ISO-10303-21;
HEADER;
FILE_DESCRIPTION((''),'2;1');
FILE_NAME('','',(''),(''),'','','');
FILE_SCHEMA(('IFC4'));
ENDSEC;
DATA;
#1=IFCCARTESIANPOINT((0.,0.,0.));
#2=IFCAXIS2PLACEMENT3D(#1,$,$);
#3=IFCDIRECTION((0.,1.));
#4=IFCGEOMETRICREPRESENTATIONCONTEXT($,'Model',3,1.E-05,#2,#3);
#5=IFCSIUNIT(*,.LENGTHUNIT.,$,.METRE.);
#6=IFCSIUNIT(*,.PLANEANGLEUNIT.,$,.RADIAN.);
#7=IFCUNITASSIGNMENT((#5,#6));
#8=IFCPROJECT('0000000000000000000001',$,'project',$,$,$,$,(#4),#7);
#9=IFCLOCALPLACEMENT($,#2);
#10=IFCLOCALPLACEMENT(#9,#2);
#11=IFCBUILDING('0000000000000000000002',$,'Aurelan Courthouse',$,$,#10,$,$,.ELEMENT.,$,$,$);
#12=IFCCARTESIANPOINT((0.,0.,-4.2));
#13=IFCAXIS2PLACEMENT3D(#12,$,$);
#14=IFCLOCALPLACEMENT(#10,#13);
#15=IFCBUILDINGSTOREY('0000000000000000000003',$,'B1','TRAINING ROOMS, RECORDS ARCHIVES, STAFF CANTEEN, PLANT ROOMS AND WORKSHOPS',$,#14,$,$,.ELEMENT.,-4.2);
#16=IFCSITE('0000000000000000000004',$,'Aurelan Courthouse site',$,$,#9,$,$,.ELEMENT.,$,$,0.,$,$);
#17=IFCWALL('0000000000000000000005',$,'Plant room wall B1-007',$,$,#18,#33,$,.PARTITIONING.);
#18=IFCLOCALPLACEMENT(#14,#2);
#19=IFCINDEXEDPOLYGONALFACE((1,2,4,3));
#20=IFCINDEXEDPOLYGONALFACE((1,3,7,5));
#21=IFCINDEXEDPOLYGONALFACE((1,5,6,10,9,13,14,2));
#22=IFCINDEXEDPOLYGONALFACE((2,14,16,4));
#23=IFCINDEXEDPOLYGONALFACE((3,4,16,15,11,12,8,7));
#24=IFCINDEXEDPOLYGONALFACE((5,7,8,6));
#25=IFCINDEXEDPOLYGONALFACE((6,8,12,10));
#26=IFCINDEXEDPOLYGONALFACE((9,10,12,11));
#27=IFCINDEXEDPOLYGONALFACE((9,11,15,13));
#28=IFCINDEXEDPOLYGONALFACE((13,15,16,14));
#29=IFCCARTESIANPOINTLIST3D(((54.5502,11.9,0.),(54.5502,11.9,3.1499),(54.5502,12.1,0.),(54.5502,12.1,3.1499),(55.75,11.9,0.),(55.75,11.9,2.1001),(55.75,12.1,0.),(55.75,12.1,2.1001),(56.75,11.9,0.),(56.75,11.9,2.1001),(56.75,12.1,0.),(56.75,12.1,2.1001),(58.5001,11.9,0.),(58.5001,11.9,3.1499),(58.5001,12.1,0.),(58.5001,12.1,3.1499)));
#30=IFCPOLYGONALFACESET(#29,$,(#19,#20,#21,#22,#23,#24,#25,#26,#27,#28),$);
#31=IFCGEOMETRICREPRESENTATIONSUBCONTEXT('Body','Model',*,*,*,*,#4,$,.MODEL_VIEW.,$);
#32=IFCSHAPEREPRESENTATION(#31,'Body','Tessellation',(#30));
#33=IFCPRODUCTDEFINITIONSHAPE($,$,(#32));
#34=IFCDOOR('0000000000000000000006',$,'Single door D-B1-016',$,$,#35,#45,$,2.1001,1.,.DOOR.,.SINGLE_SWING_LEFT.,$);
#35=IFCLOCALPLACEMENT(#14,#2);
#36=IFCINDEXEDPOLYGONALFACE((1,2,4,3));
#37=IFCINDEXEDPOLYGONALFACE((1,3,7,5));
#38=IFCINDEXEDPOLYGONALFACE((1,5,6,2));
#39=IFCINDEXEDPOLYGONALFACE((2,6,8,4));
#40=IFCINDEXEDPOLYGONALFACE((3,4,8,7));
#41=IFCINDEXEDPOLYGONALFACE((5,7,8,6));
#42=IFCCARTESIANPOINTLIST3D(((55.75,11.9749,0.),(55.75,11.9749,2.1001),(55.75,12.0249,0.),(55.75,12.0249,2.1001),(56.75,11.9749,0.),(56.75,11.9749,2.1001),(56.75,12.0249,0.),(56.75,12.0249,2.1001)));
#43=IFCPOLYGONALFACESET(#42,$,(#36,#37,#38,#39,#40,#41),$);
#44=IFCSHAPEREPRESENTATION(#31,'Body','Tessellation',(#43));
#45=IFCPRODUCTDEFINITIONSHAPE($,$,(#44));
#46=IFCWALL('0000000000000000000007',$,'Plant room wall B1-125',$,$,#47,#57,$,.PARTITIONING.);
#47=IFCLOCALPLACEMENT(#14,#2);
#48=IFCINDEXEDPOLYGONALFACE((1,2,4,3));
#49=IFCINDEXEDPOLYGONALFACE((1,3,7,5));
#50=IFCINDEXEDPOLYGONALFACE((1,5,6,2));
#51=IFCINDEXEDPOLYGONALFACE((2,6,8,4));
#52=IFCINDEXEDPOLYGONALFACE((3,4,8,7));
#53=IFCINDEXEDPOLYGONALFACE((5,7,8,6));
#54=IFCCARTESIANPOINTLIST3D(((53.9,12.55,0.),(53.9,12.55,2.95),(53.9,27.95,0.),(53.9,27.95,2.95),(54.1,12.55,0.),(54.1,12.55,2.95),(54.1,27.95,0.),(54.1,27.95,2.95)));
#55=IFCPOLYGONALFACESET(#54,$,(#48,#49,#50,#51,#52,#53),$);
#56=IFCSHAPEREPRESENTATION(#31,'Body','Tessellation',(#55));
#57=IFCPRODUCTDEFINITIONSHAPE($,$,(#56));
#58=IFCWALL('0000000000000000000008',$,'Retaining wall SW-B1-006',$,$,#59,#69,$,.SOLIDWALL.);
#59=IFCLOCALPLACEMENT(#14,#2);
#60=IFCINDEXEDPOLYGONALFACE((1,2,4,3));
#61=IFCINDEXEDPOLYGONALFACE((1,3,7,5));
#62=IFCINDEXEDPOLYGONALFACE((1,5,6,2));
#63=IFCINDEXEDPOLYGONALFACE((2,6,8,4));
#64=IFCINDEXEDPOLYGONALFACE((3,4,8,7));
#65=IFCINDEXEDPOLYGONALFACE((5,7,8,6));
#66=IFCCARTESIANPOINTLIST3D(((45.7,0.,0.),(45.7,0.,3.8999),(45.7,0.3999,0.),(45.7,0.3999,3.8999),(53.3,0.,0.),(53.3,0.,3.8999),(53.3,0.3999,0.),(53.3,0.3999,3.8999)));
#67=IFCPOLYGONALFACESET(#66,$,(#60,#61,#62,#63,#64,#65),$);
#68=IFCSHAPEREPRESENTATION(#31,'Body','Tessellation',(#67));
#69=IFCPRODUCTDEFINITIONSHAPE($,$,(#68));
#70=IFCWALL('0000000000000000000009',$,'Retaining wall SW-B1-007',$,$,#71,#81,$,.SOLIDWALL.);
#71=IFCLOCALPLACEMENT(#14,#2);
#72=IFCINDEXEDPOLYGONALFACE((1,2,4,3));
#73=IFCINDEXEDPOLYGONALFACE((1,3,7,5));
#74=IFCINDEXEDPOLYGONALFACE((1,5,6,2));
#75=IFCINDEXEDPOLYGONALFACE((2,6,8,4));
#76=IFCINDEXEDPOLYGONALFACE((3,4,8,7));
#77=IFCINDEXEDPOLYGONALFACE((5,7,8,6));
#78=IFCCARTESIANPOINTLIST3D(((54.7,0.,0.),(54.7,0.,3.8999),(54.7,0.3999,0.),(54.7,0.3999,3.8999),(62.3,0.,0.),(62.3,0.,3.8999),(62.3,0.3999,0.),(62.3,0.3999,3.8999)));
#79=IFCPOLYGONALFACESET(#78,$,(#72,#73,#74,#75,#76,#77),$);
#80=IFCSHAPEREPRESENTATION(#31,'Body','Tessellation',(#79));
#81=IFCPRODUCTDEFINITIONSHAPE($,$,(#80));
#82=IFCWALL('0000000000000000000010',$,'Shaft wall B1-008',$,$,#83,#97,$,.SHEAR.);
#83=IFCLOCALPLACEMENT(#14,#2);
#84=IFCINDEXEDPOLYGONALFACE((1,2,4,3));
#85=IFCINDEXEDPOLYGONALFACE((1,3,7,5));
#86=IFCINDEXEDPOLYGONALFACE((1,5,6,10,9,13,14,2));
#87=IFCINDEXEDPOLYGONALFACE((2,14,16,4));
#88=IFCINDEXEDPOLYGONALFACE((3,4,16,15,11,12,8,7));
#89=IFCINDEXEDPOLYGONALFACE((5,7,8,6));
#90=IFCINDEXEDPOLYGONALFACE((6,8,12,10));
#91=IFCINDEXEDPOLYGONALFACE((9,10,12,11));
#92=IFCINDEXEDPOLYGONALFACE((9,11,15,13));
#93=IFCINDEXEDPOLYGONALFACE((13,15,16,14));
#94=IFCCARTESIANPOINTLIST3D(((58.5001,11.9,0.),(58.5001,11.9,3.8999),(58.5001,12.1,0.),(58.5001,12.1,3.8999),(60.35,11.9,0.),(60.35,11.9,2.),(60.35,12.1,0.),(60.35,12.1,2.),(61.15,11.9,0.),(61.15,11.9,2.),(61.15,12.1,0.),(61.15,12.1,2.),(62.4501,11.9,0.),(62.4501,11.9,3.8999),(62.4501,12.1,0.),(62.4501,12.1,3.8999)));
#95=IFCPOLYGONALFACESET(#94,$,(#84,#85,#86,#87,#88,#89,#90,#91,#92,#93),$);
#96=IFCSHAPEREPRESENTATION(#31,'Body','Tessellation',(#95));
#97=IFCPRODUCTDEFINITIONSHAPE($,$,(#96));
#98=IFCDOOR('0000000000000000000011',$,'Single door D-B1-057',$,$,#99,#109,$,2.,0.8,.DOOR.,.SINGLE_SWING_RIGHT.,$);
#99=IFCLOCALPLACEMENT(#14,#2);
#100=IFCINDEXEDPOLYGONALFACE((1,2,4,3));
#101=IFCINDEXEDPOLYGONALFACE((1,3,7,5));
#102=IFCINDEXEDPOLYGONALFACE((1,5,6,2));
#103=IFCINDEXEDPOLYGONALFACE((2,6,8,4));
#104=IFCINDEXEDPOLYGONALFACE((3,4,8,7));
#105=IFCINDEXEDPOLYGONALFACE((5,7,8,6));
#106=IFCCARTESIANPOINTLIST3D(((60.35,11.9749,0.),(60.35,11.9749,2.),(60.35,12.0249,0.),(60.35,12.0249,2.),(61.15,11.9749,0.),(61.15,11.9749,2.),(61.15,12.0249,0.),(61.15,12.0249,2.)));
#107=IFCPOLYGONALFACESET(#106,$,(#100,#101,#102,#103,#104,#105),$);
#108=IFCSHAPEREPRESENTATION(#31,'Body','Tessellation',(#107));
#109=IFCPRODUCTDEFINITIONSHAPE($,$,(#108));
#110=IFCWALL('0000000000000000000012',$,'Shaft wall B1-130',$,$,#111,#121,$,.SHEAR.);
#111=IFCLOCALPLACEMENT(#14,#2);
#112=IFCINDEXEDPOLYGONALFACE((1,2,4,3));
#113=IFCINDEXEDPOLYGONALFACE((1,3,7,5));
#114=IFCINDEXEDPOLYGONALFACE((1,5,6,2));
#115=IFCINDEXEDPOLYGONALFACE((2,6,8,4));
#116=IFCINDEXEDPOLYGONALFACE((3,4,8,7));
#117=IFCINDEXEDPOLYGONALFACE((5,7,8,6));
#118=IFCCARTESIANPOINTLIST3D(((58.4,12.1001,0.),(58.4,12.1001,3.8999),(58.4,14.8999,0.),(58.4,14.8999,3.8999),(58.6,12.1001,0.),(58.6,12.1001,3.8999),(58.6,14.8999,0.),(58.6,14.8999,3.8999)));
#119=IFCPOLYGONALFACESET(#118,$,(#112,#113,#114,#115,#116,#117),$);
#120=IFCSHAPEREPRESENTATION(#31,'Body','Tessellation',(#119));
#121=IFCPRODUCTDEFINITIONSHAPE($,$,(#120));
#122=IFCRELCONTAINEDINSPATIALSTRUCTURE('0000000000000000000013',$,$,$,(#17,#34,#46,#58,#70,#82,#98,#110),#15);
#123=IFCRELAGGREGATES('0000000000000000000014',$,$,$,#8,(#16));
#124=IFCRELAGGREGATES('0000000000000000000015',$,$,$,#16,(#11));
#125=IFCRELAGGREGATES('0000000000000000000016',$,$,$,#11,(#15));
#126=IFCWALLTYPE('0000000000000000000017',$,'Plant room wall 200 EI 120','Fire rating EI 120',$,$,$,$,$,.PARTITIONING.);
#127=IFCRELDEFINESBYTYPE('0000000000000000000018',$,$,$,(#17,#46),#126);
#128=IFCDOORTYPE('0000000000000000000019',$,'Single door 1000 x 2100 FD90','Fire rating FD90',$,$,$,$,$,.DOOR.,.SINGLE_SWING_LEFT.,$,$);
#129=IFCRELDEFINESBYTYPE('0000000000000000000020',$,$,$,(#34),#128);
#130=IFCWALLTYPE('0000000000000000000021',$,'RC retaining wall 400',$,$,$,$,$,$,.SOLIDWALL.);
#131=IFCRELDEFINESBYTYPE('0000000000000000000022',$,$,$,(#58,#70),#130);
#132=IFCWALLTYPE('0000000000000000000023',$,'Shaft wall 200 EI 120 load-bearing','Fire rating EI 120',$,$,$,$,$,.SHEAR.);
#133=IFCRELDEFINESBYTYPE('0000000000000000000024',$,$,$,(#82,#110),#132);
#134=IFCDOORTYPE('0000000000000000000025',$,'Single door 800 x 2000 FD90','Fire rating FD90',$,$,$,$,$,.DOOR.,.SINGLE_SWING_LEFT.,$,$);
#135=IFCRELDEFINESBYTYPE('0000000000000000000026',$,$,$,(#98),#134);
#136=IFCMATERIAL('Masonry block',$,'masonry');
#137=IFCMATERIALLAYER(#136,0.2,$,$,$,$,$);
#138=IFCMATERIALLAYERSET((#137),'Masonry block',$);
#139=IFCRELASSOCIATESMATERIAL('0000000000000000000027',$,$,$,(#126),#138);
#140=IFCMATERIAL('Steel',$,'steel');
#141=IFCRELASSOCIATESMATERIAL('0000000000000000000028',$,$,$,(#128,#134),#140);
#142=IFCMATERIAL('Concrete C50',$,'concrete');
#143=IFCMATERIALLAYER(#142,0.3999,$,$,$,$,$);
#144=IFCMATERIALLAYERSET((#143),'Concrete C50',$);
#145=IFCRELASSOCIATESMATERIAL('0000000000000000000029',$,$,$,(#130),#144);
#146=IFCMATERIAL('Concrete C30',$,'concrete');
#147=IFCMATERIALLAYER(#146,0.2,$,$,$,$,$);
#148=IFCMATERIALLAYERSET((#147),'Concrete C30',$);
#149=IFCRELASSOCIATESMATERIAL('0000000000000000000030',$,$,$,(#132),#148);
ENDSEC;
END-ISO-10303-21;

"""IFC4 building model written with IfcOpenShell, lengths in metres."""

from ifc_helpers import new_model, si_unit, direction, frame, frame_2d, origin, place, context, subcontext, project, spatial, rectangle, extrude, material, layer, layer_set, type_object, element, fill, save


model = new_model("IFC4")

# Units and contexts
model_context = context("Model", 3, precision=1e-05, world=origin(), true_north=direction((0.0, 1.0)))
body_context = subcontext(model_context, "Body", "Model", "MODEL_VIEW")
ifc_project = project(units=[si_unit("LENGTHUNIT", "METRE"), si_unit("PLANEANGLEUNIT", "RADIAN")], contexts=[model_context])

# Site, building, storey
site_placement = place(None, origin())
site = spatial("IfcSite", under=ifc_project, at=site_placement, Name="Aurelan Courthouse site", CompositionType="ELEMENT", RefElevation=0.0)
building_placement = place(site_placement, origin())
building = spatial("IfcBuilding", under=site, at=building_placement, Name="Aurelan Courthouse", CompositionType="ELEMENT")
storey_placement = place(building_placement, frame((0.0, 0.0, -4.2)))
storey = spatial("IfcBuildingStorey", under=building, at=storey_placement, Name="B1", Description="TRAINING ROOMS, RECORDS ARCHIVES, STAFF CANTEEN, PLANT ROOMS AND WORKSHOPS", CompositionType="ELEMENT", Elevation=-4.2)

# Shared definitions
ifc_material_1 = material(Name="Concrete C50", Category="concrete")

# Wall, opening, door
ifc_material_2 = material(Name="Steel", Category="steel")
ifc_material_3 = material(Name="Masonry block", Category="masonry")
ifc_layer_1 = layer(ifc_material_3, 0.2)
ifc_layer_set_1 = layer_set([ifc_layer_1], Name="Masonry block")
wall_type_1 = type_object("IfcWallType", Name="Plant room wall 200 EI 120", Description="Fire rating EI 120", PredefinedType="PARTITIONING", material=ifc_layer_set_1)
wall_1_placement = place(storey_placement, frame((54.55, 12.0, 0.0), z_axis=(0.0, 0.0, 1.0), x_axis=(1.0, 0.0, 0.0)))
wall_1 = element("IfcWall", 1, at=wall_1_placement, inside=storey, type_object=wall_type_1, Name="Plant room wall B1-007", PredefinedType="PARTITIONING", context=body_context, shape_type="SweptSolid", body=[
    extrude(rectangle(XDim=3.95, YDim=0.2, at=frame_2d((1.9751, 0.0))), origin(), (0.0, 0.0, 1.0), 3.1499),
])
opening_1_placement = place(wall_1_placement, frame((1.2, 0.0, 0.0)))
opening_1 = element("IfcOpeningElement", 2, at=opening_1_placement, cuts=wall_1, PredefinedType="OPENING", context=body_context, shape_type="SweptSolid", body=[
    extrude(rectangle(XDim=1.0, YDim=2.1001, at=frame_2d((0.5, 1.05))), frame((0.0, 0.1099, 0.0), z_axis=(0.0, -1.0, 0.0), x_axis=(1.0, 0.0, 0.0)), (0.0, 0.0, 1.0), 0.22),
])
door_type_1 = type_object("IfcDoorType", Name="Single door 1000 x 2100 FD90", Description="Fire rating FD90", OperationType="SINGLE_SWING_LEFT", PredefinedType="DOOR", material=ifc_material_2)
door_1_placement = place(opening_1_placement, origin())
door_1 = element("IfcDoor", 3, at=door_1_placement, inside=storey, type_object=door_type_1, Name="Single door D-B1-016", OperationType="SINGLE_SWING_LEFT", OverallHeight=2.1001, OverallWidth=1.0, PredefinedType="DOOR", context=body_context, shape_type="SweptSolid", body=[
    extrude(rectangle(XDim=1.0, YDim=2.1001, at=frame_2d((0.5, 1.05))), frame((0.0, 0.0249, 0.0), z_axis=(0.0, -1.0, 0.0), x_axis=(1.0, 0.0, 0.0)), (0.0, 0.0, 1.0), 0.05),
])
fill(opening_1, door_1)

# Walls
wall_2_placement = place(storey_placement, frame((54.0, 12.55, 0.0), z_axis=(0.0, 0.0, 1.0), x_axis=(0.0, 1.0, 0.0)))
element("IfcWall", 4, at=wall_2_placement, inside=storey, type_object=wall_type_1, Name="Plant room wall B1-125", PredefinedType="PARTITIONING", context=body_context, shape_type="SweptSolid", body=[
    extrude(rectangle(XDim=15.3999, YDim=0.2, at=frame_2d((7.7, 0.0))), origin(), (0.0, 0.0, 1.0), 2.95),
])
ifc_layer_2 = layer(ifc_material_1, 0.3999)
ifc_layer_set_2 = layer_set([ifc_layer_2], Name="Concrete C50")
wall_type_2 = type_object("IfcWallType", Name="RC retaining wall 400", PredefinedType="SOLIDWALL", material=ifc_layer_set_2)
for number, where, z_axis, x_axis, name in (
    (5, (45.7, 0.2, 0.0), (0.0, 0.0, 1.0), (1.0, 0.0, 0.0), "Retaining wall SW-B1-006"),
    (6, (54.7, 0.2, 0.0), (0.0, 0.0, 1.0), (1.0, 0.0, 0.0), "Retaining wall SW-B1-007"),
):
    element("IfcWall", number, at=place(storey_placement, frame(where, z_axis=z_axis, x_axis=x_axis)), inside=storey, type_object=wall_type_2, Name=name, PredefinedType="SOLIDWALL", context=body_context, shape_type="SweptSolid", body=[
        extrude(rectangle(XDim=7.6001, YDim=0.3999, at=frame_2d((3.8, 0.0))), origin(), (0.0, 0.0, 1.0), 3.8999),
    ])

# Wall, opening, door
ifc_material_4 = material(Name="Concrete C30", Category="concrete")
ifc_layer_3 = layer(ifc_material_4, 0.2)
ifc_layer_set_3 = layer_set([ifc_layer_3], Name="Concrete C30")
wall_type_3 = type_object("IfcWallType", Name="Shaft wall 200 EI 120 load-bearing", Description="Fire rating EI 120", PredefinedType="SHEAR", material=ifc_layer_set_3)
wall_3_placement = place(storey_placement, frame((58.5, 12.0, 0.0), z_axis=(0.0, 0.0, 1.0), x_axis=(1.0, 0.0, 0.0)))
wall_3 = element("IfcWall", 7, at=wall_3_placement, inside=storey, type_object=wall_type_3, Name="Shaft wall B1-008", PredefinedType="SHEAR", context=body_context, shape_type="SweptSolid", body=[
    extrude(rectangle(XDim=3.95, YDim=0.2, at=frame_2d((1.9751, 0.0))), origin(), (0.0, 0.0, 1.0), 3.8999),
])
opening_2_placement = place(wall_3_placement, frame((1.8501, 0.0, 0.0)))
opening_2 = element("IfcOpeningElement", 8, at=opening_2_placement, cuts=wall_3, PredefinedType="OPENING", context=body_context, shape_type="SweptSolid", body=[
    extrude(rectangle(XDim=0.8, YDim=2.0, at=frame_2d((0.3999, 1.0))), frame((0.0, 0.1099, 0.0), z_axis=(0.0, -1.0, 0.0), x_axis=(1.0, 0.0, 0.0)), (0.0, 0.0, 1.0), 0.22),
])
door_type_2 = type_object("IfcDoorType", Name="Single door 800 x 2000 FD90", Description="Fire rating FD90", OperationType="SINGLE_SWING_LEFT", PredefinedType="DOOR", material=ifc_material_2)
door_2_placement = place(opening_2_placement, origin())
door_2 = element("IfcDoor", 9, at=door_2_placement, inside=storey, type_object=door_type_2, Name="Single door D-B1-057", OperationType="SINGLE_SWING_RIGHT", OverallHeight=2.0, OverallWidth=0.8, PredefinedType="DOOR", context=body_context, shape_type="SweptSolid", body=[
    extrude(rectangle(XDim=0.8, YDim=2.0, at=frame_2d((0.3999, 1.0))), frame((0.0, 0.0249, 0.0), z_axis=(0.0, -1.0, 0.0), x_axis=(1.0, 0.0, 0.0)), (0.0, 0.0, 1.0), 0.05),
])
fill(opening_2, door_2)

# Wall
wall_4_placement = place(storey_placement, frame((58.5, 12.1001, 0.0), z_axis=(0.0, 0.0, 1.0), x_axis=(0.0, 1.0, 0.0)))
element("IfcWall", 10, at=wall_4_placement, inside=storey, type_object=wall_type_3, Name="Shaft wall B1-130", PredefinedType="SHEAR", context=body_context, shape_type="SweptSolid", body=[
    extrude(rectangle(XDim=2.7998, YDim=0.2, at=frame_2d((1.3999, 0.0))), origin(), (0.0, 0.0, 1.0), 3.8999),
])

save(model, "model.ifc")
